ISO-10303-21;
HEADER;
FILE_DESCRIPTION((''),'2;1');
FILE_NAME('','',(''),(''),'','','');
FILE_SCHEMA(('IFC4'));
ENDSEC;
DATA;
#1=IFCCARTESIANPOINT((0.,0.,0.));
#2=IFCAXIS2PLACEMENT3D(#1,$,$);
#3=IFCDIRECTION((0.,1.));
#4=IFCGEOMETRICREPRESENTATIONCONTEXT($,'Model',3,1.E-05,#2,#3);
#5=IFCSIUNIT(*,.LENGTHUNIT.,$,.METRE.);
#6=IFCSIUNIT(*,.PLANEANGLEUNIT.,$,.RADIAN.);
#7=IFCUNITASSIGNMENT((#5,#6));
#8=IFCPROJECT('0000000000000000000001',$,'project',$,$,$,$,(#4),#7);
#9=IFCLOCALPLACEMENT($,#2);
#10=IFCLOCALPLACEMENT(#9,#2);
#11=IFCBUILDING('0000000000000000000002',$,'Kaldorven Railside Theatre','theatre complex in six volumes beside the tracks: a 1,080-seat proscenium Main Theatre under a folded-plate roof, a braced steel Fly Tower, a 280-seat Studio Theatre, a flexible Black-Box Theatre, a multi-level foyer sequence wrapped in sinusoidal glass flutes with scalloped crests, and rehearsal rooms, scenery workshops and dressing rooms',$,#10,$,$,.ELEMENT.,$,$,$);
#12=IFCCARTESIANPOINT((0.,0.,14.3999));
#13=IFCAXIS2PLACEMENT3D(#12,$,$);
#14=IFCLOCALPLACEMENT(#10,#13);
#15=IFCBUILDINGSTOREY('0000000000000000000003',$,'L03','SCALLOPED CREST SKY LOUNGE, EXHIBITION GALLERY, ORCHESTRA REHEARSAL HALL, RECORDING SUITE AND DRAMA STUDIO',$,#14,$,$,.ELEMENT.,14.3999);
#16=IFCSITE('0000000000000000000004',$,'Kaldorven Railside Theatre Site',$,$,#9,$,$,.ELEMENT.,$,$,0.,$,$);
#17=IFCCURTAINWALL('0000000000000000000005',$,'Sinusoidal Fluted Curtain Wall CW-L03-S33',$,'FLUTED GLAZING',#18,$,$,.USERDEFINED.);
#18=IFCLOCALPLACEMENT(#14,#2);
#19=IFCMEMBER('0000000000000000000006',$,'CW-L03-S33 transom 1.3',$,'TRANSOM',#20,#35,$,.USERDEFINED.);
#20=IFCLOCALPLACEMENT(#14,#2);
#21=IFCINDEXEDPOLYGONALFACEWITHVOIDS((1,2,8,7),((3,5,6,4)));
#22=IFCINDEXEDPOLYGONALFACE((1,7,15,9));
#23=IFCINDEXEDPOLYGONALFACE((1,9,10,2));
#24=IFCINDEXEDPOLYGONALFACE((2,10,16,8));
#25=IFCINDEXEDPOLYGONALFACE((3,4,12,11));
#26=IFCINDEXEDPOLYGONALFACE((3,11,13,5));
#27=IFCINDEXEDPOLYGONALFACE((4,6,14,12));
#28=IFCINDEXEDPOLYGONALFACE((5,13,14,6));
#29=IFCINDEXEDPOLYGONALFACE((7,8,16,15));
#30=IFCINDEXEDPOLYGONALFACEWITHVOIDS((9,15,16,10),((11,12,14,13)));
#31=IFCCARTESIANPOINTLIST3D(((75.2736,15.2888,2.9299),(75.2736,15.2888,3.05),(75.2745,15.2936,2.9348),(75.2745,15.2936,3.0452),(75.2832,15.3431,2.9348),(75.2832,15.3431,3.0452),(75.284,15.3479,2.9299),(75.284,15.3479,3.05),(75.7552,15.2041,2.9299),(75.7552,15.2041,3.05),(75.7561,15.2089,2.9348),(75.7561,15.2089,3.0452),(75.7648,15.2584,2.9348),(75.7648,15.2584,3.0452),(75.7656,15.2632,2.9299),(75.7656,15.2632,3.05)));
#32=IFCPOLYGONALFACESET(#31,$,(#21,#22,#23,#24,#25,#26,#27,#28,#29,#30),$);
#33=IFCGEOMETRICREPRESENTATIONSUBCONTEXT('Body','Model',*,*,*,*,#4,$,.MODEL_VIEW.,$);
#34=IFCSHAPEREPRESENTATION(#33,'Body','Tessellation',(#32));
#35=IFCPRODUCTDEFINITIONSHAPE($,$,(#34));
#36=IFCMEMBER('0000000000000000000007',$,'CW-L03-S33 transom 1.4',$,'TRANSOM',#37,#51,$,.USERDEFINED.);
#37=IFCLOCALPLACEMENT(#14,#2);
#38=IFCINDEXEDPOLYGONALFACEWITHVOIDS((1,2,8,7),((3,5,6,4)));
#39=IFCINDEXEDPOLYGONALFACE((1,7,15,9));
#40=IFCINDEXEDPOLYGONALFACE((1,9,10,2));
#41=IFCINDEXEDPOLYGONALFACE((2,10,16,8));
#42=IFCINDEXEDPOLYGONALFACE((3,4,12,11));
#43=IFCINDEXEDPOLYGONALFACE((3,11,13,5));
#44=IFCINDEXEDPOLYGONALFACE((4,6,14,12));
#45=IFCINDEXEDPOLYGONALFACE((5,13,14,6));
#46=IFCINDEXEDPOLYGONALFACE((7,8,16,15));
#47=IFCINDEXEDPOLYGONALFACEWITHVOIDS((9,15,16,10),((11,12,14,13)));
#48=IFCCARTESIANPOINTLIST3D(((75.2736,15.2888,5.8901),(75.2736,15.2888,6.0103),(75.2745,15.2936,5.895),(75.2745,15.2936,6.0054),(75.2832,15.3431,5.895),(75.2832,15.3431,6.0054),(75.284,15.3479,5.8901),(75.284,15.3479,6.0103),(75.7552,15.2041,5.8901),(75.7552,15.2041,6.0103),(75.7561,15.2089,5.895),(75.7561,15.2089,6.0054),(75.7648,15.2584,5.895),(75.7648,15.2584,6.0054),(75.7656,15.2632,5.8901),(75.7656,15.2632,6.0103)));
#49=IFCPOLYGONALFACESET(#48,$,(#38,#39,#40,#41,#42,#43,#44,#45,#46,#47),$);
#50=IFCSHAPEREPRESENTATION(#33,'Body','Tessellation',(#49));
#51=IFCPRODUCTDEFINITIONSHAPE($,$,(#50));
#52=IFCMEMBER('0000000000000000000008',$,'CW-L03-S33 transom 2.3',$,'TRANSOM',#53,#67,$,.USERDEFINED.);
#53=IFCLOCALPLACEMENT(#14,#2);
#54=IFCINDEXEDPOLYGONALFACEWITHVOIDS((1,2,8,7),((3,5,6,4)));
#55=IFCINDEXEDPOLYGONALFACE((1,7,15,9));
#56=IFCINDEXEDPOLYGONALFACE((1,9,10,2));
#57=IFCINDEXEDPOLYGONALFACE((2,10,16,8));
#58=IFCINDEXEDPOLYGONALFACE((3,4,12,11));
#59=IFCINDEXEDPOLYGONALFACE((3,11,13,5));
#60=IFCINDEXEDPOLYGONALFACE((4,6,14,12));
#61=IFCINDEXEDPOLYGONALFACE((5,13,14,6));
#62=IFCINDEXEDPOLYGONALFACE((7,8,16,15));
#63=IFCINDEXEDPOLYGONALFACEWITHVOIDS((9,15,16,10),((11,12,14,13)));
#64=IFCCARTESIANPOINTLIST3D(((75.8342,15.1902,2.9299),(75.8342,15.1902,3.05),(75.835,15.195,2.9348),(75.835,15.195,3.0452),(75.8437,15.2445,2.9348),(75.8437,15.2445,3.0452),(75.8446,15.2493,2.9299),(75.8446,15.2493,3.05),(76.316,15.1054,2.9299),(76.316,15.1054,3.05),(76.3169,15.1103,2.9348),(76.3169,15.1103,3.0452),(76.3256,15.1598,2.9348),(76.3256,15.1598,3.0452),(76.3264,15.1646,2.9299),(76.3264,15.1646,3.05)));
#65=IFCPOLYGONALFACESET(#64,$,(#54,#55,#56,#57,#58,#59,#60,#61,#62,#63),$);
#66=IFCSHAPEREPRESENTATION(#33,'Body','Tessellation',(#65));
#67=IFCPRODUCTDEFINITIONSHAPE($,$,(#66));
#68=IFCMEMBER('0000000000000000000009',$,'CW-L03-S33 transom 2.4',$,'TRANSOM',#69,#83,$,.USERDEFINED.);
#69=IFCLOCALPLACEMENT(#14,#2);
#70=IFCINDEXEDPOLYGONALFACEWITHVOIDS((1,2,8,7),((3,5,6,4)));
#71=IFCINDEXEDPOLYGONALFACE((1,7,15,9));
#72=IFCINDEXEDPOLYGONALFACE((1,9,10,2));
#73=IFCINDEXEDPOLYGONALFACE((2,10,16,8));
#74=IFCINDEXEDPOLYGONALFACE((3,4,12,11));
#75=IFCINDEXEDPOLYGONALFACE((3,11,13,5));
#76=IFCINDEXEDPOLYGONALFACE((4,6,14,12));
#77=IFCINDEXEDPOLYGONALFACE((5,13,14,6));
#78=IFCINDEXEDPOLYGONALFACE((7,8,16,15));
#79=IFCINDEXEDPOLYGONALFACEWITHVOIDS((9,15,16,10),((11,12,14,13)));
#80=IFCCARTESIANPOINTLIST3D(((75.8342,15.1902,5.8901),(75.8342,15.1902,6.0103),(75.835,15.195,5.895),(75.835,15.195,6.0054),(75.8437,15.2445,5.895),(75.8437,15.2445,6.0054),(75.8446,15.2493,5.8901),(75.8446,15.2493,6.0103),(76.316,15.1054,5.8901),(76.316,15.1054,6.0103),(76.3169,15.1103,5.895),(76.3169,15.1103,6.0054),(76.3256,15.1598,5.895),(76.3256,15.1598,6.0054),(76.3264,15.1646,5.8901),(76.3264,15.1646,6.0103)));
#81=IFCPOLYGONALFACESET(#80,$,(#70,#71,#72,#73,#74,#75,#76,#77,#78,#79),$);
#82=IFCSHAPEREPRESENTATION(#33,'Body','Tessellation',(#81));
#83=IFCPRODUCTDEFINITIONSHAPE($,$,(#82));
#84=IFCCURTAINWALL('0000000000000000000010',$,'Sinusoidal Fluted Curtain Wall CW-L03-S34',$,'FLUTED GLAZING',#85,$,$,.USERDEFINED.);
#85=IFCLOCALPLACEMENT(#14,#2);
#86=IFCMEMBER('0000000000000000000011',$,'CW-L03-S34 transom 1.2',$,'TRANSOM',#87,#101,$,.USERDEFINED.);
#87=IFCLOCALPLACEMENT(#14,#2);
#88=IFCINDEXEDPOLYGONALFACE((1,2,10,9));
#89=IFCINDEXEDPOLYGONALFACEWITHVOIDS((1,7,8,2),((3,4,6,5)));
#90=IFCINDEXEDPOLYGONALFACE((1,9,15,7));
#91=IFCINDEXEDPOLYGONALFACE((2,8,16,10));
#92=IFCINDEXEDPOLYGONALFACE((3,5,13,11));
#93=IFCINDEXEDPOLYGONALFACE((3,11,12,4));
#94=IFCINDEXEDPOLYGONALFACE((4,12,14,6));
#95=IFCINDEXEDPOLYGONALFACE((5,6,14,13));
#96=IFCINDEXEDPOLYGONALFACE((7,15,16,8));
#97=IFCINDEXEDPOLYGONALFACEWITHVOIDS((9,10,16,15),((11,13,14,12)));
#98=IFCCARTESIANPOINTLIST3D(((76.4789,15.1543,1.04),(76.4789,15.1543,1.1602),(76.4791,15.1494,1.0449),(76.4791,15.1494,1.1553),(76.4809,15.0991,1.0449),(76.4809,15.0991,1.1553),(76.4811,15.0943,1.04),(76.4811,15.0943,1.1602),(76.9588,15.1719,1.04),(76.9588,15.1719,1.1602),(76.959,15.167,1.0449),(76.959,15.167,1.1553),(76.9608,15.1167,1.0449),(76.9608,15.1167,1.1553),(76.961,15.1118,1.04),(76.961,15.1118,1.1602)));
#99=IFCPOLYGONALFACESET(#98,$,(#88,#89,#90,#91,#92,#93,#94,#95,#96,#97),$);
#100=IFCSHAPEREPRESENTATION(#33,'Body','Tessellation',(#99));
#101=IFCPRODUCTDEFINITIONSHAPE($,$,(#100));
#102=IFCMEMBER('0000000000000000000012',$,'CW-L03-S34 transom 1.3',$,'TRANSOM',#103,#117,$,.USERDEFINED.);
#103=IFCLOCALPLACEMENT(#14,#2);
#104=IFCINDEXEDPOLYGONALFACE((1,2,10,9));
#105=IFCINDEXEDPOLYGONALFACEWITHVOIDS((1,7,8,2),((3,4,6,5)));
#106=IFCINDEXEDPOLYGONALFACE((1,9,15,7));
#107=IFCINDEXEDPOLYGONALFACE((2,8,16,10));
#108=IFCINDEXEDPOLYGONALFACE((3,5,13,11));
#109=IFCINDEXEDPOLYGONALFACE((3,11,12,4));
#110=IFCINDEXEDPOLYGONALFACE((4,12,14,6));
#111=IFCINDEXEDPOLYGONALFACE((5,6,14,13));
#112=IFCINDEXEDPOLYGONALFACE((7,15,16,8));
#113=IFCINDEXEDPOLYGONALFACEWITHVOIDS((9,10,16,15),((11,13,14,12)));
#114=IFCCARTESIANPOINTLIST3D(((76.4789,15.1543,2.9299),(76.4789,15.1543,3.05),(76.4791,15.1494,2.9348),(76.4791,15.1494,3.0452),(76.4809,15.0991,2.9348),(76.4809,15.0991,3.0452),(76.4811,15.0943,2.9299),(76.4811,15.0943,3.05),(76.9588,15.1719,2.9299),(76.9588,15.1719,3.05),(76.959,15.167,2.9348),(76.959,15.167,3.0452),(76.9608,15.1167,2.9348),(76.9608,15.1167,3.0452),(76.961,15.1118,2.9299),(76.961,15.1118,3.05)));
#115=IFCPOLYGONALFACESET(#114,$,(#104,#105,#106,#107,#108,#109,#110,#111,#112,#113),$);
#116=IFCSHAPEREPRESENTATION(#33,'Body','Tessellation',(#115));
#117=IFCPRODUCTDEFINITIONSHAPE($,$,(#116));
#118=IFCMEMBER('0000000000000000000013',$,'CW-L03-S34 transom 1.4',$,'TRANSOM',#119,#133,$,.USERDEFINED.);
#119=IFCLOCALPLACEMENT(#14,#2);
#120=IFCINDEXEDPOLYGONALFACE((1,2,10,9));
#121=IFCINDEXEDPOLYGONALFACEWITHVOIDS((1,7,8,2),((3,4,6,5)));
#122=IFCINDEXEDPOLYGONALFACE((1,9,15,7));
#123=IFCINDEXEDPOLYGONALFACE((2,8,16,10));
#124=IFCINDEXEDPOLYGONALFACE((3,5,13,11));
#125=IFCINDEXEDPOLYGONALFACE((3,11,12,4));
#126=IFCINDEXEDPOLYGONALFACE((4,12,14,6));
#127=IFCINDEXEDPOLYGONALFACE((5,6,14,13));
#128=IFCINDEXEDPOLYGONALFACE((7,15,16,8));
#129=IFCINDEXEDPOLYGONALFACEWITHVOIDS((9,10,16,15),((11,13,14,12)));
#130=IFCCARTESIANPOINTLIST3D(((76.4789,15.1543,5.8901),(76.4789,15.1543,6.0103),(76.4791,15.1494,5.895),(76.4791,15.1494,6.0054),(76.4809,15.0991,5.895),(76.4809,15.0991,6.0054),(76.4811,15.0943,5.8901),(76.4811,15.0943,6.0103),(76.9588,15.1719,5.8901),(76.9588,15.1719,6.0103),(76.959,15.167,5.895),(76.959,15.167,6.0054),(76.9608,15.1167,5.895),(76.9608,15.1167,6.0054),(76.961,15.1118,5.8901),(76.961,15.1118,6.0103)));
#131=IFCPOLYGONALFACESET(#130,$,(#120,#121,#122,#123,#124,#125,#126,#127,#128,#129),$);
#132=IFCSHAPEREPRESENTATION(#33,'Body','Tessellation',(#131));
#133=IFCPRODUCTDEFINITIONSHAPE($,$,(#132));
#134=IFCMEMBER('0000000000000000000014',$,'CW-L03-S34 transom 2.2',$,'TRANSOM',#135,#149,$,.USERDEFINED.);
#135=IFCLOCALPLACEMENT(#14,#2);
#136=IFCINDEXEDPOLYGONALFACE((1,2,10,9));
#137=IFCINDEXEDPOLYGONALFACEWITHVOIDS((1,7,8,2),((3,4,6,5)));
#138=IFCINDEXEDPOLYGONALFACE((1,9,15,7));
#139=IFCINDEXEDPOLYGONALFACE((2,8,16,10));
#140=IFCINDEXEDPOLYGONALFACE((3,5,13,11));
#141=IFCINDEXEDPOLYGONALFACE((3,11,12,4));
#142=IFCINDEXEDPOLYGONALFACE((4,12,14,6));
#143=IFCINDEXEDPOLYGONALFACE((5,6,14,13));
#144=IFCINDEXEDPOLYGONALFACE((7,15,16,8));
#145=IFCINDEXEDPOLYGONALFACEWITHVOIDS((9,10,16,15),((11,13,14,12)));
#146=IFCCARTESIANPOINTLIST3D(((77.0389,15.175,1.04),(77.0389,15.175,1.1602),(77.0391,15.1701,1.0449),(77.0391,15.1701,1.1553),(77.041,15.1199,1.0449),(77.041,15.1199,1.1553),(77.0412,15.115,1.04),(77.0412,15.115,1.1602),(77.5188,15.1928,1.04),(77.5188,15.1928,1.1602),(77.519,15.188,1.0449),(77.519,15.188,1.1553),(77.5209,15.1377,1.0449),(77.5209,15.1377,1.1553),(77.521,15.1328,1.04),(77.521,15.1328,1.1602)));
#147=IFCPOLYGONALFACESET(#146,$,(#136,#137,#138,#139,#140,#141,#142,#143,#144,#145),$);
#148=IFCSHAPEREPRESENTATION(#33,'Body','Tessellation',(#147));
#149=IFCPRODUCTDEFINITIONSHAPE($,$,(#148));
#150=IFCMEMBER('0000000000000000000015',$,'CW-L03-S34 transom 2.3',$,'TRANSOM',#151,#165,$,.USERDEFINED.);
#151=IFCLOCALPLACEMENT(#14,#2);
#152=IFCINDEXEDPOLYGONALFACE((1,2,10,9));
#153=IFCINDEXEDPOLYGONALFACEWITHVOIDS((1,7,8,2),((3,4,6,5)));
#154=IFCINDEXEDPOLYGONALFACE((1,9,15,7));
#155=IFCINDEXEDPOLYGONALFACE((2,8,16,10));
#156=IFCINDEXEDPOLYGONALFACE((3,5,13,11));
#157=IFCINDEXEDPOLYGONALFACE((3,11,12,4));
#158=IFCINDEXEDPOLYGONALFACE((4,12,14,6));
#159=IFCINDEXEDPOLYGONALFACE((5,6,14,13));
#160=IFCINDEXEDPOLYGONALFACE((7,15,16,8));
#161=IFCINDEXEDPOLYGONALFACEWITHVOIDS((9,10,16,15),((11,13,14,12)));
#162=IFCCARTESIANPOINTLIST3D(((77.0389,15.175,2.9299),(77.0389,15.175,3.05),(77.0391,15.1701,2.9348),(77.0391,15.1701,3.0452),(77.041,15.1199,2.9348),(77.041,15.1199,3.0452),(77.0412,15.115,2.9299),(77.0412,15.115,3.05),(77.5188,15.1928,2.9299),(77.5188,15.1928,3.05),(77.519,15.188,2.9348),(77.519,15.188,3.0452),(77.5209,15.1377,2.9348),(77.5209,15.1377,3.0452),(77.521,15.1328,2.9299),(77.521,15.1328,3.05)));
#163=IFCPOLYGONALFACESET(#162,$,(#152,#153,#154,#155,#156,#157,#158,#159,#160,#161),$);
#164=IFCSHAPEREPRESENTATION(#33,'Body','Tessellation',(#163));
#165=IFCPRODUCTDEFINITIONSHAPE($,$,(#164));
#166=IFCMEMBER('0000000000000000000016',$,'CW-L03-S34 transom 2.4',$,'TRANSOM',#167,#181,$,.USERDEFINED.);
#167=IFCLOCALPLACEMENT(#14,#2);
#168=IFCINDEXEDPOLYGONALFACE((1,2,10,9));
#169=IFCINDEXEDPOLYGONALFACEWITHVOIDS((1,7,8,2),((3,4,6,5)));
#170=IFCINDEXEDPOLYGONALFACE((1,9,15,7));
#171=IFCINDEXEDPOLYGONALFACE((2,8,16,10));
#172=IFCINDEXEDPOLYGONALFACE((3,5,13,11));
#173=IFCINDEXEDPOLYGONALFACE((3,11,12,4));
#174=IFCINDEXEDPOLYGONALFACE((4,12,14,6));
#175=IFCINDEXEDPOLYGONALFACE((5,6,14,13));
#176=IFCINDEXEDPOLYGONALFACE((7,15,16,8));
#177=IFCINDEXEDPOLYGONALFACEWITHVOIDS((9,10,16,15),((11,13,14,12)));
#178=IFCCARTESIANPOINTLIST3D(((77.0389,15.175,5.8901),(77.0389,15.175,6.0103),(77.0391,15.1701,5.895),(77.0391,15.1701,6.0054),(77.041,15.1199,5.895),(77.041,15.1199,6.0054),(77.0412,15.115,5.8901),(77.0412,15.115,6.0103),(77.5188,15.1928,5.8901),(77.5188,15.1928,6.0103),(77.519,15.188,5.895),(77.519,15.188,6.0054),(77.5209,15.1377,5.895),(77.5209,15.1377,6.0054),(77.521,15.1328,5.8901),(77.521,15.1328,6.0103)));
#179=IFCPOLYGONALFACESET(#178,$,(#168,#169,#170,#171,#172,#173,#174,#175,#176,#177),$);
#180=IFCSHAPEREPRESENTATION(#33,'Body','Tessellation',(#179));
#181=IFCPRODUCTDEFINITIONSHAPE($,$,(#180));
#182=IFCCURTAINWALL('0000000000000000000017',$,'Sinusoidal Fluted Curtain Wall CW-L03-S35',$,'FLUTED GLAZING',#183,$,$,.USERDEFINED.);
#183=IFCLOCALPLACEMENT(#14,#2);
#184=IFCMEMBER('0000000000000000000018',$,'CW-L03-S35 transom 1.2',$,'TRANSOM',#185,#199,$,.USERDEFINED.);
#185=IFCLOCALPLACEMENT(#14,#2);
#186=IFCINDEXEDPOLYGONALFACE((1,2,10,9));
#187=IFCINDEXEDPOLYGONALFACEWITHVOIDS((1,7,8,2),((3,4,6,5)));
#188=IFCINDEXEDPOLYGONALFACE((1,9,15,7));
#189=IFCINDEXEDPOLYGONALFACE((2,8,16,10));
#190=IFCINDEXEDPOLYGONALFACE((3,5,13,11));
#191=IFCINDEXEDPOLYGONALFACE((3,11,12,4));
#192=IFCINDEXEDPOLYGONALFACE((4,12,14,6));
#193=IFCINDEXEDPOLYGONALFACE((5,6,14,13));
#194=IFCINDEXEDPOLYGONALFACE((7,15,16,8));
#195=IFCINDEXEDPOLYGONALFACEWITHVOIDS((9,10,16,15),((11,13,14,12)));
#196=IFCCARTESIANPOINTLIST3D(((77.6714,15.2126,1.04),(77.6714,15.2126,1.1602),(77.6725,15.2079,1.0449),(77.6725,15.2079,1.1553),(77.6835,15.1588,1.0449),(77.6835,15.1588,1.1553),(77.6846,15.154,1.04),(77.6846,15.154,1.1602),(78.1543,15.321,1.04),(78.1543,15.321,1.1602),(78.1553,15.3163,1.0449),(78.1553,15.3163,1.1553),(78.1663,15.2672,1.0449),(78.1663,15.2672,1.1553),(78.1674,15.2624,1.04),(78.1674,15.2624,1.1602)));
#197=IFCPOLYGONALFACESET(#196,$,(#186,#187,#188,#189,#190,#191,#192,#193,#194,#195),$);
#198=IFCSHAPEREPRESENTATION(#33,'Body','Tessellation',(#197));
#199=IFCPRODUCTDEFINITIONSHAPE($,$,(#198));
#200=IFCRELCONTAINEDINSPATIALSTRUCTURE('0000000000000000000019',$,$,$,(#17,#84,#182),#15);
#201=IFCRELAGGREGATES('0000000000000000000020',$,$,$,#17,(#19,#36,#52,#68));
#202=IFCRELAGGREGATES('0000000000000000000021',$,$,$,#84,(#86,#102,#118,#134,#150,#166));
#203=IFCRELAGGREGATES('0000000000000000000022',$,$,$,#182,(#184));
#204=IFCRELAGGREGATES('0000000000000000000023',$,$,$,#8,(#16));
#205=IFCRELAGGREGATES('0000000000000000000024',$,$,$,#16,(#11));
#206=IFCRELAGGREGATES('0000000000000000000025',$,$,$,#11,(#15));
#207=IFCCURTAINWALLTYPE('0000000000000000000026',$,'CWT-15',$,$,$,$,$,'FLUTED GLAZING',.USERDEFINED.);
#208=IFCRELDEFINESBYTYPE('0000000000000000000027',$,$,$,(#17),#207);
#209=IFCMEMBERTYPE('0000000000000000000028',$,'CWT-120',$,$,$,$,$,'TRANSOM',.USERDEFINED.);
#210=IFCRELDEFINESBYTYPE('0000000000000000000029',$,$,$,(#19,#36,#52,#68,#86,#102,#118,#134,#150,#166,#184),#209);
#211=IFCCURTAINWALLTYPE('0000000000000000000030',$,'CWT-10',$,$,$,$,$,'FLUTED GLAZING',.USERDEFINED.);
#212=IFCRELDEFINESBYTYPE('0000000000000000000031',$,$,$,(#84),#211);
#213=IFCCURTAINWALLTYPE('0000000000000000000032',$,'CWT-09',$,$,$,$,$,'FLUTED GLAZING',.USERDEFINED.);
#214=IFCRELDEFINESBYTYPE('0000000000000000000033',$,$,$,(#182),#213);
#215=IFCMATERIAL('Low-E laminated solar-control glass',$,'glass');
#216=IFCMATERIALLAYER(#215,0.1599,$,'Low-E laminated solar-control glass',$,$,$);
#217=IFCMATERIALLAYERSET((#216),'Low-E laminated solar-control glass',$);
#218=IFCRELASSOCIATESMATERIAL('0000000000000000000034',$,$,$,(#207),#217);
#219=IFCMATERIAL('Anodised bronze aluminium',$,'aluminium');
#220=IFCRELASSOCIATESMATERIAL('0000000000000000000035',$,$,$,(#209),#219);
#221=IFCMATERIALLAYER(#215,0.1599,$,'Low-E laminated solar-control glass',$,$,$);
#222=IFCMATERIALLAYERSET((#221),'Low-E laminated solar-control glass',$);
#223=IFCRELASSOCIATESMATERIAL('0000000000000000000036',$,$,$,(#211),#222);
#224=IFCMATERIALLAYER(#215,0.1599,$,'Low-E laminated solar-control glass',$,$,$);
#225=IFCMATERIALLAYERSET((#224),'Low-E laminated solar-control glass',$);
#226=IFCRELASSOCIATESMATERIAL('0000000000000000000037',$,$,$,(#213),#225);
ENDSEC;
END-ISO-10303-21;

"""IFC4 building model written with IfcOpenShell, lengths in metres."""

from ifc_helpers import new_model, si_unit, direction, frame, origin, origin_2d, place, context, subcontext, project, spatial, hollow_rectangle, extrude, material, layer, layer_set, material_profile, profile_set, type_object, element, aggregate, save


model = new_model("IFC4")

# Units and contexts
model_context = context("Model", 3, precision=1e-05, world=origin(), true_north=direction((0.0, 1.0)))
body_context = subcontext(model_context, "Body", "Model", "MODEL_VIEW")
ifc_project = project(units=[si_unit("LENGTHUNIT", "METRE"), si_unit("PLANEANGLEUNIT", "RADIAN")], contexts=[model_context])

# Site, building, storey
site_placement = place(None, origin())
site = spatial("IfcSite", under=ifc_project, at=site_placement, Name="Kaldorven Railside Theatre Site", CompositionType="ELEMENT", RefElevation=0.0)
building_placement = place(site_placement, origin())
building = spatial("IfcBuilding", under=site, at=building_placement, Name="Kaldorven Railside Theatre", Description="theatre complex in six volumes beside the tracks: a 1,080-seat proscenium Main Theatre under a folded-plate roof, a braced steel Fly Tower, a 280-seat Studio Theatre, a flexible Black-Box Theatre, a multi-level foyer sequence wrapped in sinusoidal glass flutes with scalloped crests, and rehearsal rooms, scenery workshops and dressing rooms", CompositionType="ELEMENT")
storey_placement = place(building_placement, frame((0.0, 0.0, 14.3999)))
storey = spatial("IfcBuildingStorey", under=building, at=storey_placement, Name="L03", Description="SCALLOPED CREST SKY LOUNGE, EXHIBITION GALLERY, ORCHESTRA REHEARSAL HALL, RECORDING SUITE AND DRAMA STUDIO", CompositionType="ELEMENT", Elevation=14.3999)

# Curtain walls, members
ifc_material_1 = material(Name="Low-E laminated solar-control glass", Category="glass")
ifc_layer_1 = layer(ifc_material_1, 0.1599, Name="Low-E laminated solar-control glass")
ifc_layer_set_1 = layer_set([ifc_layer_1], Name="Low-E laminated solar-control glass")
curtain_wall_type_1 = type_object("IfcCurtainWallType", Name="CWT-15", ElementType="FLUTED GLAZING", PredefinedType="USERDEFINED", material=ifc_layer_set_1)
curtain_wall_1_placement = place(storey_placement, origin())
curtain_wall_1 = element("IfcCurtainWall", 1, at=curtain_wall_1_placement, inside=storey, type_object=curtain_wall_type_1, Name="Sinusoidal Fluted Curtain Wall CW-L03-S33", ObjectType="FLUTED GLAZING", PredefinedType="USERDEFINED")
ifc_material_2 = material(Name="Anodised bronze aluminium", Category="aluminium")
ifc_material_profile = material_profile(ifc_material_2, hollow_rectangle(XDim=0.0601, YDim=0.1201, WallThickness=0.0049, at=origin_2d()), Name="RHS 120x60x5")
ifc_profile_set = profile_set([ifc_material_profile], Name="Anodised bronze aluminium")
member_type = type_object("IfcMemberType", Name="CWT-120", ElementType="TRANSOM", PredefinedType="USERDEFINED", material=ifc_profile_set)
member_1_placement = place(storey_placement, frame((75.2788, 15.3184, 2.99), z_axis=(0.984884, -0.173216, 0.0), x_axis=(0.173216, 0.984884, 0.0)))
member_1 = element("IfcMember", 2, at=member_1_placement, type_object=member_type, Name="CW-L03-S33 transom 1.3", ObjectType="TRANSOM", PredefinedType="USERDEFINED", context=body_context, shape_type="SweptSolid", body=[
    extrude(hollow_rectangle(XDim=0.0601, YDim=0.1201, WallThickness=0.0049, at=origin_2d()), origin(), (0.0, 0.0, 1.0), 0.489),
])
member_2_placement = place(storey_placement, frame((75.2788, 15.3184, 5.9502), z_axis=(0.984884, -0.173216, 0.0), x_axis=(0.173216, 0.984884, 0.0)))
member_2 = element("IfcMember", 3, at=member_2_placement, type_object=member_type, Name="CW-L03-S33 transom 1.4", ObjectType="TRANSOM", PredefinedType="USERDEFINED", context=body_context, shape_type="SweptSolid", body=[
    extrude(hollow_rectangle(XDim=0.0601, YDim=0.1201, WallThickness=0.0049, at=origin_2d()), origin(), (0.0, 0.0, 1.0), 0.489),
])
member_3_placement = place(storey_placement, frame((75.8394, 15.2197, 2.99), z_axis=(0.984899, -0.173131, 0.0), x_axis=(0.173131, 0.984899, 0.0)))
member_3 = element("IfcMember", 4, at=member_3_placement, type_object=member_type, Name="CW-L03-S33 transom 2.3", ObjectType="TRANSOM", PredefinedType="USERDEFINED", context=body_context, shape_type="SweptSolid", body=[
    extrude(hollow_rectangle(XDim=0.0601, YDim=0.1201, WallThickness=0.0049, at=origin_2d()), origin(), (0.0, 0.0, 1.0), 0.4893),
])
member_4_placement = place(storey_placement, frame((75.8394, 15.2197, 5.9502), z_axis=(0.984899, -0.173131, 0.0), x_axis=(0.173131, 0.984899, 0.0)))
member_4 = element("IfcMember", 5, at=member_4_placement, type_object=member_type, Name="CW-L03-S33 transom 2.4", ObjectType="TRANSOM", PredefinedType="USERDEFINED", context=body_context, shape_type="SweptSolid", body=[
    extrude(hollow_rectangle(XDim=0.0601, YDim=0.1201, WallThickness=0.0049, at=origin_2d()), origin(), (0.0, 0.0, 1.0), 0.4893),
])
ifc_layer_2 = layer(ifc_material_1, 0.1599, Name="Low-E laminated solar-control glass")
ifc_layer_set_2 = layer_set([ifc_layer_2], Name="Low-E laminated solar-control glass")
curtain_wall_type_2 = type_object("IfcCurtainWallType", Name="CWT-10", ElementType="FLUTED GLAZING", PredefinedType="USERDEFINED", material=ifc_layer_set_2)
curtain_wall_2_placement = place(storey_placement, origin())
curtain_wall_2 = element("IfcCurtainWall", 6, at=curtain_wall_2_placement, inside=storey, type_object=curtain_wall_type_2, Name="Sinusoidal Fluted Curtain Wall CW-L03-S34", ObjectType="FLUTED GLAZING", PredefinedType="USERDEFINED")
member_5_placement = place(storey_placement, frame((76.48, 15.1243, 1.1001), z_axis=(0.99933, 0.036598, 0.0), x_axis=(-0.036598, 0.99933, 0.0)))
member_5 = element("IfcMember", 7, at=member_5_placement, type_object=member_type, Name="CW-L03-S34 transom 1.2", ObjectType="TRANSOM", PredefinedType="USERDEFINED", context=body_context, shape_type="SweptSolid", body=[
    extrude(hollow_rectangle(XDim=0.0601, YDim=0.1201, WallThickness=0.0049, at=origin_2d()), origin(), (0.0, 0.0, 1.0), 0.4802),
])
member_6_placement = place(storey_placement, frame((76.48, 15.1243, 2.99), z_axis=(0.99933, 0.036598, 0.0), x_axis=(-0.036598, 0.99933, 0.0)))
member_6 = element("IfcMember", 8, at=member_6_placement, type_object=member_type, Name="CW-L03-S34 transom 1.3", ObjectType="TRANSOM", PredefinedType="USERDEFINED", context=body_context, shape_type="SweptSolid", body=[
    extrude(hollow_rectangle(XDim=0.0601, YDim=0.1201, WallThickness=0.0049, at=origin_2d()), origin(), (0.0, 0.0, 1.0), 0.4802),
])
member_7_placement = place(storey_placement, frame((76.48, 15.1243, 5.9502), z_axis=(0.99933, 0.036598, 0.0), x_axis=(-0.036598, 0.99933, 0.0)))
member_7 = element("IfcMember", 9, at=member_7_placement, type_object=member_type, Name="CW-L03-S34 transom 1.4", ObjectType="TRANSOM", PredefinedType="USERDEFINED", context=body_context, shape_type="SweptSolid", body=[
    extrude(hollow_rectangle(XDim=0.0601, YDim=0.1201, WallThickness=0.0049, at=origin_2d()), origin(), (0.0, 0.0, 1.0), 0.4802),
])
member_8_placement = place(storey_placement, frame((77.04, 15.145, 1.1001), z_axis=(0.999311, 0.037106, 0.0), x_axis=(-0.037106, 0.999311, 0.0)))
member_8 = element("IfcMember", 10, at=member_8_placement, type_object=member_type, Name="CW-L03-S34 transom 2.2", ObjectType="TRANSOM", PredefinedType="USERDEFINED", context=body_context, shape_type="SweptSolid", body=[
    extrude(hollow_rectangle(XDim=0.0601, YDim=0.1201, WallThickness=0.0049, at=origin_2d()), origin(), (0.0, 0.0, 1.0), 0.4802),
])
member_9_placement = place(storey_placement, frame((77.04, 15.145, 2.99), z_axis=(0.999311, 0.037106, 0.0), x_axis=(-0.037106, 0.999311, 0.0)))
member_9 = element("IfcMember", 11, at=member_9_placement, type_object=member_type, Name="CW-L03-S34 transom 2.3", ObjectType="TRANSOM", PredefinedType="USERDEFINED", context=body_context, shape_type="SweptSolid", body=[
    extrude(hollow_rectangle(XDim=0.0601, YDim=0.1201, WallThickness=0.0049, at=origin_2d()), origin(), (0.0, 0.0, 1.0), 0.4802),
])
member_10_placement = place(storey_placement, frame((77.04, 15.145, 5.9502), z_axis=(0.999311, 0.037106, 0.0), x_axis=(-0.037106, 0.999311, 0.0)))
member_10 = element("IfcMember", 12, at=member_10_placement, type_object=member_type, Name="CW-L03-S34 transom 2.4", ObjectType="TRANSOM", PredefinedType="USERDEFINED", context=body_context, shape_type="SweptSolid", body=[
    extrude(hollow_rectangle(XDim=0.0601, YDim=0.1201, WallThickness=0.0049, at=origin_2d()), origin(), (0.0, 0.0, 1.0), 0.4802),
])
ifc_layer_3 = layer(ifc_material_1, 0.1599, Name="Low-E laminated solar-control glass")
ifc_layer_set_3 = layer_set([ifc_layer_3], Name="Low-E laminated solar-control glass")
curtain_wall_type_3 = type_object("IfcCurtainWallType", Name="CWT-09", ElementType="FLUTED GLAZING", PredefinedType="USERDEFINED", material=ifc_layer_set_3)
curtain_wall_3_placement = place(storey_placement, origin())
curtain_wall_3 = element("IfcCurtainWall", 13, at=curtain_wall_3_placement, inside=storey, type_object=curtain_wall_type_3, Name="Sinusoidal Fluted Curtain Wall CW-L03-S35", ObjectType="FLUTED GLAZING", PredefinedType="USERDEFINED")
member_11_placement = place(storey_placement, frame((77.678, 15.1833, 1.1001), z_axis=(0.975721, 0.219019, 0.0), x_axis=(-0.219019, 0.975721, 0.0)))
member_11 = element("IfcMember", 14, at=member_11_placement, type_object=member_type, Name="CW-L03-S35 transom 1.2", ObjectType="TRANSOM", PredefinedType="USERDEFINED", context=body_context, shape_type="SweptSolid", body=[
    extrude(hollow_rectangle(XDim=0.0601, YDim=0.1201, WallThickness=0.0049, at=origin_2d()), origin(), (0.0, 0.0, 1.0), 0.4949),
])

aggregate(curtain_wall_1, [member_1, member_2, member_3, member_4])
aggregate(curtain_wall_2, [member_5, member_6, member_7, member_8, member_9, member_10])
aggregate(curtain_wall_3, [member_11])

save(model, "model.ifc")
